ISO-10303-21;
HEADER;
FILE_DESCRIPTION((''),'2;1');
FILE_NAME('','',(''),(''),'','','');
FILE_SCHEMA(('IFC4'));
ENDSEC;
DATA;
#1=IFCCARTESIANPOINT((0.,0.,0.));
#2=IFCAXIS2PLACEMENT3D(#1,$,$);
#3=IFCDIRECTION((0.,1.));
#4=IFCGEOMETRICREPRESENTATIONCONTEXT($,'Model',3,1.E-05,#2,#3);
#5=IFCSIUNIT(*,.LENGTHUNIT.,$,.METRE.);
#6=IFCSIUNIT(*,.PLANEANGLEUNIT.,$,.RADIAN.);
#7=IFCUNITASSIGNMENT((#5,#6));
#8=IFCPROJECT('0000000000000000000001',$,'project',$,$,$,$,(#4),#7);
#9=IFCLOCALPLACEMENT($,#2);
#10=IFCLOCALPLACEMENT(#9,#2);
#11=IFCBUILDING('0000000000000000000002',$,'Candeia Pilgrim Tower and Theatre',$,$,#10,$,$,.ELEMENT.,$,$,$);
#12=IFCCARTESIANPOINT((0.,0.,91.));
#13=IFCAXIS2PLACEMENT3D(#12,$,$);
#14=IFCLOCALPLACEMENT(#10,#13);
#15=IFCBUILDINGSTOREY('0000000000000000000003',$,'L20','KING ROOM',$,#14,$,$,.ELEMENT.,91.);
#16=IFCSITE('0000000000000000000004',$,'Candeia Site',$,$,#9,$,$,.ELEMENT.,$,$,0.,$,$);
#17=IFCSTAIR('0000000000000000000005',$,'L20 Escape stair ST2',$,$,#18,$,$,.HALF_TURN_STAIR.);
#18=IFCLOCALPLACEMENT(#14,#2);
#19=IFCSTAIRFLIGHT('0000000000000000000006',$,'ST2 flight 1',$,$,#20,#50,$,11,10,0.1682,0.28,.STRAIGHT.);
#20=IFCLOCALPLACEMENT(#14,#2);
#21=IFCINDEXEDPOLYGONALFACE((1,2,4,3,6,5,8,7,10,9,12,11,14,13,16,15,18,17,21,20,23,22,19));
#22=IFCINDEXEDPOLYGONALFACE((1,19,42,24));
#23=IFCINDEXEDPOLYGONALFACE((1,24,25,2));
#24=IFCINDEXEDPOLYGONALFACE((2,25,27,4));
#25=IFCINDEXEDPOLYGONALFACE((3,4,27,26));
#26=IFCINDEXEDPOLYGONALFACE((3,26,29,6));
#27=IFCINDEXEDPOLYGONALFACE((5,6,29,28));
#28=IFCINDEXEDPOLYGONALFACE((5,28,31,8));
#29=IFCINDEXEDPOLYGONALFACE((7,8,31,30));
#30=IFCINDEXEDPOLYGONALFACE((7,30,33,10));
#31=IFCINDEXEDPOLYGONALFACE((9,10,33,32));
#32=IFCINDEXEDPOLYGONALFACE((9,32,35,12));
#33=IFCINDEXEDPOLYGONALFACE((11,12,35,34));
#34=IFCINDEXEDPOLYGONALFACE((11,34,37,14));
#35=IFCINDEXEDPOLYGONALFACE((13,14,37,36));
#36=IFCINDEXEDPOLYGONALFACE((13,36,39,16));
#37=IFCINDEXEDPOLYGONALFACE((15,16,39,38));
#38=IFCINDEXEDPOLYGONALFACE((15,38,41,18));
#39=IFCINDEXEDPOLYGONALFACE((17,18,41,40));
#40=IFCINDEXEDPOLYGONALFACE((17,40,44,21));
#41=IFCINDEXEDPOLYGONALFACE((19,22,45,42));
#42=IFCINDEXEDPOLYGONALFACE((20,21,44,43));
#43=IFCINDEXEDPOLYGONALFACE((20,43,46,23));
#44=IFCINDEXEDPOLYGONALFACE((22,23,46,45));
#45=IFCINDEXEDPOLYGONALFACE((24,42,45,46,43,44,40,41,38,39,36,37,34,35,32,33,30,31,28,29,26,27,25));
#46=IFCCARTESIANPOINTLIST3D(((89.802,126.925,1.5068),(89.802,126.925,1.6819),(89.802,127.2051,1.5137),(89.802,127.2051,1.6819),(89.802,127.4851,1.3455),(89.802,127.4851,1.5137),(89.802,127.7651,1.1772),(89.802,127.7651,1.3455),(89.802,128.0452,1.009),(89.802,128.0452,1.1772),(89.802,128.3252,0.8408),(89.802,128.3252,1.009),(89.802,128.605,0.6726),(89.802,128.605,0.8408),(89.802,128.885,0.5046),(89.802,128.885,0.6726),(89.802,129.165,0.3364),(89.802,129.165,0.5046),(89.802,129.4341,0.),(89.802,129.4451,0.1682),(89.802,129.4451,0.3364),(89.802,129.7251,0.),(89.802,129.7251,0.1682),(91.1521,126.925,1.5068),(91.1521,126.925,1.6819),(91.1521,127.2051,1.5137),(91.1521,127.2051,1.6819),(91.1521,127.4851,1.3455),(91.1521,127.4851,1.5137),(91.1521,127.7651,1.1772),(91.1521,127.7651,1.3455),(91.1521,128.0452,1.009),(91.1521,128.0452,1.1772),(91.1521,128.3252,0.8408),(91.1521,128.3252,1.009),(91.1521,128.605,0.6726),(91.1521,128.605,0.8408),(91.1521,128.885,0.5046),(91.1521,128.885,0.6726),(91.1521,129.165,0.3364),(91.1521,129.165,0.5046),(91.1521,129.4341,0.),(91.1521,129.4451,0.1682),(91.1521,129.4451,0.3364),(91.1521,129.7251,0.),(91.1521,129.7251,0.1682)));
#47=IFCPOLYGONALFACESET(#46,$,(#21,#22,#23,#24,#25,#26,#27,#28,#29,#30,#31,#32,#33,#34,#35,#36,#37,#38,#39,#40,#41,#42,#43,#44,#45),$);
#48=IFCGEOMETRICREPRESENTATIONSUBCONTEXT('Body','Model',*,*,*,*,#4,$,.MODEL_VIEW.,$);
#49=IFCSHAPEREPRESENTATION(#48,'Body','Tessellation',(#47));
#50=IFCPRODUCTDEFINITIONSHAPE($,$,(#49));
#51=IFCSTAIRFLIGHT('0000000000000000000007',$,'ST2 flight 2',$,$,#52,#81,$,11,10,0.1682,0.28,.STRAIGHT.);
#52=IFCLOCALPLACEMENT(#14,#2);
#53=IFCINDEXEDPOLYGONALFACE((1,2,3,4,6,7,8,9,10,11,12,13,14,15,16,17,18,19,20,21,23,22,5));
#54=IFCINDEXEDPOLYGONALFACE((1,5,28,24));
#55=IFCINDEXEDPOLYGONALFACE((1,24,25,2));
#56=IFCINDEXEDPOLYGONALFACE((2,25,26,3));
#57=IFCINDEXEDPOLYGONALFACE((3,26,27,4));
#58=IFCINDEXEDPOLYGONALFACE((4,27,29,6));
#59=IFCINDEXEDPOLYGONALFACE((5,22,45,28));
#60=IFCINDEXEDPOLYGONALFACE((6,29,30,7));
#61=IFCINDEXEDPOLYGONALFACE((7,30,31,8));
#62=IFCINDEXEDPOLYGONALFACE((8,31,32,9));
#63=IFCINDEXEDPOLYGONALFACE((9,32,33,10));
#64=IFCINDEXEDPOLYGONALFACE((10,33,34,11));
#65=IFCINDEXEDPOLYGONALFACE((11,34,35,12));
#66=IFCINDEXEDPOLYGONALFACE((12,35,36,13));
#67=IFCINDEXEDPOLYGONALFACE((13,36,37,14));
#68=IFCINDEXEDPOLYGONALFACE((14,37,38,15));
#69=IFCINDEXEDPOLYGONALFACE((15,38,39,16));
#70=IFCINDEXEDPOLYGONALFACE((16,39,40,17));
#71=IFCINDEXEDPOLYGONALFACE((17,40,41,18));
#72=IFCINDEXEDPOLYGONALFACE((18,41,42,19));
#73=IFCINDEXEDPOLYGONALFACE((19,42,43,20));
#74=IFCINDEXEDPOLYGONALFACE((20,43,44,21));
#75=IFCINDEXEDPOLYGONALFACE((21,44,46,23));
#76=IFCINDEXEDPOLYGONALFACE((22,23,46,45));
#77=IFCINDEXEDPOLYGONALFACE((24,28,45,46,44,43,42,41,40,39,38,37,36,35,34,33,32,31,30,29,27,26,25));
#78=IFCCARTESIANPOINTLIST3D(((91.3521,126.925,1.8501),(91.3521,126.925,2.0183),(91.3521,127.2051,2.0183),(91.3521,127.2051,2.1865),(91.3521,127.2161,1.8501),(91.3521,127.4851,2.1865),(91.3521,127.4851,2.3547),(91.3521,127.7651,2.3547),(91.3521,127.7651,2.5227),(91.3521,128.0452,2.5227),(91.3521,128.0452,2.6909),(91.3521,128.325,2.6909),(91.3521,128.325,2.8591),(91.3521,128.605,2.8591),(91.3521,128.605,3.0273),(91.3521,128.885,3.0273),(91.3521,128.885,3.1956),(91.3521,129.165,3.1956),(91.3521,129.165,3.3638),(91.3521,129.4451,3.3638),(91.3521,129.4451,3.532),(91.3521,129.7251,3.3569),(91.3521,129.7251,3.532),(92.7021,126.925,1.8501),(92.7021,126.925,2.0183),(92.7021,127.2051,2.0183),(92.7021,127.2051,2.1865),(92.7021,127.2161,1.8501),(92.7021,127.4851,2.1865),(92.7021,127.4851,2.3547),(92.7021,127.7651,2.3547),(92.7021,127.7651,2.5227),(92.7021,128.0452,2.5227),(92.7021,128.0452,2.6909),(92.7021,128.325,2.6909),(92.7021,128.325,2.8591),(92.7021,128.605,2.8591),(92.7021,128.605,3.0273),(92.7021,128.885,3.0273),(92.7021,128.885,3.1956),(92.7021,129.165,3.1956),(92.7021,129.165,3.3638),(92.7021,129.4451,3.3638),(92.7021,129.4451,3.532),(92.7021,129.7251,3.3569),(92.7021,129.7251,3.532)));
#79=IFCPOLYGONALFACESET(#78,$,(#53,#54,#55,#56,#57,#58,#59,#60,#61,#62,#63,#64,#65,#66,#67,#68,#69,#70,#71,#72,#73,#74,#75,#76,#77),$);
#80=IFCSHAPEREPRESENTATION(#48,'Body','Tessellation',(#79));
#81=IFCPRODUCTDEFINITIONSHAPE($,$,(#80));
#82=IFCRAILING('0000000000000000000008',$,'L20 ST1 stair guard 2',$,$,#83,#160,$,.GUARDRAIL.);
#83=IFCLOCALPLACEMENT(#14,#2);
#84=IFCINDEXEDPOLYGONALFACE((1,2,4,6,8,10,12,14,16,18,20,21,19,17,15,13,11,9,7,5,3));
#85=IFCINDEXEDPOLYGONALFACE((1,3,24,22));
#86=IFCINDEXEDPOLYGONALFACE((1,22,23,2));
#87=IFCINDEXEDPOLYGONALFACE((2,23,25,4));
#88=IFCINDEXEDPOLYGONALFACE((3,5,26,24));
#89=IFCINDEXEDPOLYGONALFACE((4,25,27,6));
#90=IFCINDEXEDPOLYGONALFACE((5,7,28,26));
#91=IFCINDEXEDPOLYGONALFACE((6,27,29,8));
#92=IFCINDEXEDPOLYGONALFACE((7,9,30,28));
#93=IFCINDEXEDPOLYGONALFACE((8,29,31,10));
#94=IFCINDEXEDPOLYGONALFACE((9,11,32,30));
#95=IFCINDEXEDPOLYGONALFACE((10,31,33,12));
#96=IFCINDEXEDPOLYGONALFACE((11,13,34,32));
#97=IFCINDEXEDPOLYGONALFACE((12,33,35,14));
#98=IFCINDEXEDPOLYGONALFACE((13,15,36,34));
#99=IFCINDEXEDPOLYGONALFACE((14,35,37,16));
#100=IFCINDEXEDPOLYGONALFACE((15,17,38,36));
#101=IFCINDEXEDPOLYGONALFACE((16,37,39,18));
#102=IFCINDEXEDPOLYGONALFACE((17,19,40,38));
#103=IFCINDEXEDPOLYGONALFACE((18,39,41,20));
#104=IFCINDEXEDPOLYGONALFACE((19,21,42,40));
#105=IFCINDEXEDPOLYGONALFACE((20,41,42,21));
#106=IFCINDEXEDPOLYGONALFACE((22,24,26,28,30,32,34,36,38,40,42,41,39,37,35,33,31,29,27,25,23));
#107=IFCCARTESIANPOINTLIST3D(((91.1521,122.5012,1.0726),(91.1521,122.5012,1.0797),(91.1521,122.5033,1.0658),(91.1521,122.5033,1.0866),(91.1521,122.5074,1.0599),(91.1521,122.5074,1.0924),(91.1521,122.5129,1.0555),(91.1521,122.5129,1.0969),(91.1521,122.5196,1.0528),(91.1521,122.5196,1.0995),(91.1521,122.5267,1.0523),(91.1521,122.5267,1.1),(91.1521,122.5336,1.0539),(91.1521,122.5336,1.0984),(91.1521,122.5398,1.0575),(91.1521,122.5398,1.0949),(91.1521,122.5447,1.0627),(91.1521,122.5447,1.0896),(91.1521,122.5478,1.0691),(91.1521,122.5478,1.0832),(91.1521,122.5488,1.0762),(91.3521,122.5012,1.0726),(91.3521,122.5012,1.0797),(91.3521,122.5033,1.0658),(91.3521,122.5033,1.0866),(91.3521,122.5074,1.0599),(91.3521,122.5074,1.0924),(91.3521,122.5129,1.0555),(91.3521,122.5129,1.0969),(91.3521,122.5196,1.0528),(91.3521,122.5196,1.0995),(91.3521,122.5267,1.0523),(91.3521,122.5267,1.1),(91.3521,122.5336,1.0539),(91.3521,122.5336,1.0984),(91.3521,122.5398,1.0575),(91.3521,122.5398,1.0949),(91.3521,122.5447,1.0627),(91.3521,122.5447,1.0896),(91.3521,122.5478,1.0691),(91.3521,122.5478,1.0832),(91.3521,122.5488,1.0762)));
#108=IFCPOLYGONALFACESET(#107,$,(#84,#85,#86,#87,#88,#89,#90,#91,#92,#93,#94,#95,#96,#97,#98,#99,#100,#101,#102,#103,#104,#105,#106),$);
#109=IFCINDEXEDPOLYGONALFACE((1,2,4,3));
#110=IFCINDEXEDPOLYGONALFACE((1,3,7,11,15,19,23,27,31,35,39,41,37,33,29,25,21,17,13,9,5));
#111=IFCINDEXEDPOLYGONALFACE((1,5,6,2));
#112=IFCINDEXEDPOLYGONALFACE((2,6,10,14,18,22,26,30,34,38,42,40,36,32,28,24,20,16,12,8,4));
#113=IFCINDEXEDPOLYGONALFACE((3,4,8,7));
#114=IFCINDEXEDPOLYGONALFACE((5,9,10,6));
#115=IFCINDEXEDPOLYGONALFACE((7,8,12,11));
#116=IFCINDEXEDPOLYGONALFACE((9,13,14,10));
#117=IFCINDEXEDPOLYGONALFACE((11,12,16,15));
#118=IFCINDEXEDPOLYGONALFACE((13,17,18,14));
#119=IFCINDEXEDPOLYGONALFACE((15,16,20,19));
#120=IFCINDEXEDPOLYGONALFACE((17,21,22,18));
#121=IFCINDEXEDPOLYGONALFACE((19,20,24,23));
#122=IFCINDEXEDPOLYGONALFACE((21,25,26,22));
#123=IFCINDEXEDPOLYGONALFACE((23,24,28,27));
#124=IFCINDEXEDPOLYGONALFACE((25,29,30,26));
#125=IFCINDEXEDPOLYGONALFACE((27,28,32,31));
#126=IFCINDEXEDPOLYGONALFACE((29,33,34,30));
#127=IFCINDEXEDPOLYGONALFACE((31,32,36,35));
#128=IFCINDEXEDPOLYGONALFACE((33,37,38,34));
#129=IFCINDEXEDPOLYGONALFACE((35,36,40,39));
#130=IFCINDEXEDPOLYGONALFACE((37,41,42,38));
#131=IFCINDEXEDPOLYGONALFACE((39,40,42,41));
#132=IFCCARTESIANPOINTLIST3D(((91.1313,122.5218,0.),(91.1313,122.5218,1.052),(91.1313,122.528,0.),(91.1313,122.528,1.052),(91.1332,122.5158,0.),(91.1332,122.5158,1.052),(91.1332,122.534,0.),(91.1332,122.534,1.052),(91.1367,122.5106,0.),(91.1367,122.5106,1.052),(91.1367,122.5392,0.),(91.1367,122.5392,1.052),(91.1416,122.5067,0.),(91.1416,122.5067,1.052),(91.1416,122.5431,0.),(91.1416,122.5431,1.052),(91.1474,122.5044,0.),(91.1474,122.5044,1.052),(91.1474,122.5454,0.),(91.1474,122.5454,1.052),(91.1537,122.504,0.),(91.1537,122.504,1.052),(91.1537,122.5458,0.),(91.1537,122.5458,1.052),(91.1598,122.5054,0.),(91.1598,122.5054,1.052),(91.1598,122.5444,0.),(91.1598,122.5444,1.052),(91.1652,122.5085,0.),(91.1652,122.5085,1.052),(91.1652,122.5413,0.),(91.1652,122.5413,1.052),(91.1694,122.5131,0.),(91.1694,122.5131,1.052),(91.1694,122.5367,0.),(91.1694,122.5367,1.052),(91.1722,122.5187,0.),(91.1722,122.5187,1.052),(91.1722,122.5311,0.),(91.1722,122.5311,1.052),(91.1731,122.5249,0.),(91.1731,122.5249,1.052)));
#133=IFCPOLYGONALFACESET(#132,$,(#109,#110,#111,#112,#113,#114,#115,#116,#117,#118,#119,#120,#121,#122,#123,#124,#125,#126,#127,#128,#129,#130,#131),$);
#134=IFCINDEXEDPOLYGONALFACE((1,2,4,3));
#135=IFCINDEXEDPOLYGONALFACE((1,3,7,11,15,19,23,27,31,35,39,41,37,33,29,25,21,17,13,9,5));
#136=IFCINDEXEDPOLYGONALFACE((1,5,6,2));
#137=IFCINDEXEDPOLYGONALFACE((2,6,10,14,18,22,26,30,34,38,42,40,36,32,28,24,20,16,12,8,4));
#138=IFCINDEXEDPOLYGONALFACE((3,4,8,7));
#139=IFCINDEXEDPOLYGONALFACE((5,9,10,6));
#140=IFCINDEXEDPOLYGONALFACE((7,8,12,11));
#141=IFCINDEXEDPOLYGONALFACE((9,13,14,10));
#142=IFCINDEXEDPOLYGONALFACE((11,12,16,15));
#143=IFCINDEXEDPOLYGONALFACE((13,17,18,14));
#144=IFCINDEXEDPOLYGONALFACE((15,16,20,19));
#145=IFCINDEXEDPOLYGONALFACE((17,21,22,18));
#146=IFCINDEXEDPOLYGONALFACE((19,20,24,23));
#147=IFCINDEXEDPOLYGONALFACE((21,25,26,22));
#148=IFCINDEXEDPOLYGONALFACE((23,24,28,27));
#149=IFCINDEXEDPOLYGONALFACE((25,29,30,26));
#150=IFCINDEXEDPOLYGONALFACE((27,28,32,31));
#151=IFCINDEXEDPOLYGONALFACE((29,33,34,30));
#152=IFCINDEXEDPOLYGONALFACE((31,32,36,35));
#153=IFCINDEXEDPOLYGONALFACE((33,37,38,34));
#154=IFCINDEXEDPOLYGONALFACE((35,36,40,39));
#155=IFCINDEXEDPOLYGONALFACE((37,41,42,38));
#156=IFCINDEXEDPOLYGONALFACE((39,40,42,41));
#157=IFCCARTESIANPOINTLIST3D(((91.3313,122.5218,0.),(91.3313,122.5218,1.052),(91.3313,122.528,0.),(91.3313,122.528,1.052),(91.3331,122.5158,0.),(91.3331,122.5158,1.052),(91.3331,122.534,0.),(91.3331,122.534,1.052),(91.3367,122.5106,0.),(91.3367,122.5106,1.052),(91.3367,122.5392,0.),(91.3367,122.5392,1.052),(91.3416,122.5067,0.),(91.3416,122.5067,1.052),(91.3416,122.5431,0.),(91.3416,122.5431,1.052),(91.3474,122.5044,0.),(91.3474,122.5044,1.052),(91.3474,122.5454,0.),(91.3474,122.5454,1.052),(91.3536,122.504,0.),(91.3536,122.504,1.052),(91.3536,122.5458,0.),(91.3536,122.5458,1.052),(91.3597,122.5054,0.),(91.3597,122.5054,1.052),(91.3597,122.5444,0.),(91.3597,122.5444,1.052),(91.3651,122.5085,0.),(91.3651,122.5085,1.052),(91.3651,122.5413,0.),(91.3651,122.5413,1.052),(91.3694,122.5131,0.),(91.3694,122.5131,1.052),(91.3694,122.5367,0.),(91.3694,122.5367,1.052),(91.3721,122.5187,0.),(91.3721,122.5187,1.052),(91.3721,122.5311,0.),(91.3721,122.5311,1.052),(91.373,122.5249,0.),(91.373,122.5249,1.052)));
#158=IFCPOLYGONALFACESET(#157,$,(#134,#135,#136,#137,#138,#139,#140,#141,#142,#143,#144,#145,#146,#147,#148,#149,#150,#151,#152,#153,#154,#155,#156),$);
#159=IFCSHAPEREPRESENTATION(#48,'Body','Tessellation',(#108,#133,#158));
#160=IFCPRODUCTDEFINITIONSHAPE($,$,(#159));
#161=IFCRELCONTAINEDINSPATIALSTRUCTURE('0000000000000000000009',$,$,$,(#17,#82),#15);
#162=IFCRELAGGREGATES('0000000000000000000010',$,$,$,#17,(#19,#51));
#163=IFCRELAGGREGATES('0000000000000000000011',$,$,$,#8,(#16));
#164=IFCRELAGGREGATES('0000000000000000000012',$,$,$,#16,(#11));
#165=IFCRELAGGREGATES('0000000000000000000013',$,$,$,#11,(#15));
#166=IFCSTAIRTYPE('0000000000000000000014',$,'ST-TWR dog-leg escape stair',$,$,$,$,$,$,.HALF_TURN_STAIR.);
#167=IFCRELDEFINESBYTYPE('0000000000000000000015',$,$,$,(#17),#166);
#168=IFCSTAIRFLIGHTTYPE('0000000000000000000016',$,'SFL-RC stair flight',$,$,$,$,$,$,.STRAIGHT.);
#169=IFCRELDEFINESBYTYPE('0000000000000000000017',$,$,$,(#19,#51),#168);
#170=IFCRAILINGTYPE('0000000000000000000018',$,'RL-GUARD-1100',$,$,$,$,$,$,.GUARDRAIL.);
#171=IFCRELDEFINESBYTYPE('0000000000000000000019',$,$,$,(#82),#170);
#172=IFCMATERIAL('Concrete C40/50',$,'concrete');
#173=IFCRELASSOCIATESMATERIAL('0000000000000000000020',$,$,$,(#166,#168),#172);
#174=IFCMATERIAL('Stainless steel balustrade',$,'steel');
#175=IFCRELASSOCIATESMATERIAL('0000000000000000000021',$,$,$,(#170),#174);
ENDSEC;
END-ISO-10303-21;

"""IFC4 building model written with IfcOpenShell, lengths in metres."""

from ifc_helpers import new_model, si_unit, direction, frame, origin, origin_2d, place, context, subcontext, project, spatial, polyline, circle, outline, extrude, material, type_object, element, aggregate, save


model = new_model("IFC4")

# Units and contexts
model_context = context("Model", 3, precision=1e-05, world=origin(), true_north=direction((0.0, 1.0)))
body_context = subcontext(model_context, "Body", "Model", "MODEL_VIEW")
ifc_project = project(units=[si_unit("LENGTHUNIT", "METRE"), si_unit("PLANEANGLEUNIT", "RADIAN")], contexts=[model_context])

# Site, building, storey
site_placement = place(None, origin())
site = spatial("IfcSite", under=ifc_project, at=site_placement, Name="Candeia Site", CompositionType="ELEMENT", RefElevation=0.0)
building_placement = place(site_placement, origin())
building = spatial("IfcBuilding", under=site, at=building_placement, Name="Candeia Pilgrim Tower and Theatre", CompositionType="ELEMENT")
storey_placement = place(building_placement, frame((0.0, 0.0, 91.0)))
storey = spatial("IfcBuildingStorey", under=building, at=storey_placement, Name="L20", Description="KING ROOM", CompositionType="ELEMENT", Elevation=91.0)

# Shared definitions
ifc_material_1 = material(Name="Concrete C40/50", Category="concrete")

# Stair, stair flights
stair_type = type_object("IfcStairType", Name="ST-TWR dog-leg escape stair", PredefinedType="HALF_TURN_STAIR", material=ifc_material_1)
stair_flight_type = type_object("IfcStairFlightType", Name="SFL-RC stair flight", PredefinedType="STRAIGHT", material=ifc_material_1)
stair_1_placement = place(storey_placement, origin())
stair_1 = element("IfcStair", 1, at=stair_1_placement, inside=storey, type_object=stair_type, Name="L20 Escape stair ST2", PredefinedType="HALF_TURN_STAIR")
stair_flight_1_placement = place(storey_placement, frame((90.4771, 129.7251, 0.0), z_axis=(0.0, 0.0, 1.0), x_axis=(0.0, -1.0, 0.0)))
stair_flight_1 = element("IfcStairFlight", 2, at=stair_flight_1_placement, type_object=stair_flight_type, Name="ST2 flight 1", NumberOfRisers=11, NumberOfTreads=10, PredefinedType="STRAIGHT", RiserHeight=0.1682, TreadLength=0.28, context=body_context, shape_type="SweptSolid", body=[
    extrude(outline(polyline([(0.0, 0.0), (0.0, 0.1682), (0.28, 0.1682), (0.28, 0.3364), (0.5601, 0.3364), (0.5601, 0.5046), (0.8401, 0.5046), (0.8401, 0.6726), (1.1201, 0.6726), (1.1201, 0.8408), (1.3999, 0.8408), (1.3999, 1.009), (1.6799, 1.009), (1.6799, 1.1772), (1.96, 1.1772), (1.96, 1.3455), (2.24, 1.3455), (2.24, 1.5137), (2.52, 1.5137), (2.52, 1.6819), (2.8, 1.6819), (2.8, 1.8501), (2.8, 1.5068), (0.291, 0.0), (0.0, 0.0)])), frame((0.0, 0.675, 0.0), z_axis=(0.0, -1.0, 0.0), x_axis=(1.0, 0.0, 0.0)), (0.0, 0.0, 1.0), 1.3501),
])
stair_flight_2_placement = place(storey_placement, frame((92.0271, 126.925, 1.8501), z_axis=(0.0, 0.0, 1.0), x_axis=(0.0, 1.0, 0.0)))
stair_flight_2 = element("IfcStairFlight", 3, at=stair_flight_2_placement, type_object=stair_flight_type, Name="ST2 flight 2", NumberOfRisers=11, NumberOfTreads=10, PredefinedType="STRAIGHT", RiserHeight=0.1682, TreadLength=0.28, context=body_context, shape_type="SweptSolid", body=[
    extrude(outline(polyline([(0.0, 0.0), (0.0, 0.1682), (0.28, 0.1682), (0.28, 0.3364), (0.5601, 0.3364), (0.5601, 0.5046), (0.8401, 0.5046), (0.8401, 0.6726), (1.1201, 0.6726), (1.1201, 0.8408), (1.3999, 0.8408), (1.3999, 1.009), (1.6799, 1.009), (1.6799, 1.1772), (1.96, 1.1772), (1.96, 1.3455), (2.24, 1.3455), (2.24, 1.5137), (2.52, 1.5137), (2.52, 1.6819), (2.8, 1.6819), (2.8, 1.8501), (2.8, 1.5068), (0.291, 0.0), (0.0, 0.0)])), frame((0.0, 0.675, 0.0), z_axis=(0.0, -1.0, 0.0), x_axis=(1.0, 0.0, 0.0)), (0.0, 0.0, 1.0), 1.3501),
])
aggregate(stair_1, [stair_flight_1, stair_flight_2])

# Railing
ifc_material_2 = material(Name="Stainless steel balustrade", Category="steel")
railing_type_1 = type_object("IfcRailingType", Name="RL-GUARD-1100", PredefinedType="GUARDRAIL", material=ifc_material_2)
railing_1_placement = place(storey_placement, frame((91.1521, 122.5249, 0.0)))
element("IfcRailing", 4, at=railing_1_placement, inside=storey, type_object=railing_type_1, Name="L20 ST1 stair guard 2", PredefinedType="GUARDRAIL", context=body_context, shape_type="SweptSolid", body=[
    extrude(circle(Radius=0.0239, at=origin_2d()), frame((0.0, 0.0, 1.0762), z_axis=(1.0, 0.0, 0.0), x_axis=(0.0, 1.0, 0.0)), (0.0, 0.0, 1.0), 0.2),
    extrude(circle(Radius=0.021, at=origin_2d()), origin(), (0.0, 0.0, 1.0), 1.052),
    extrude(circle(Radius=0.021, at=origin_2d()), frame((0.2, 0.0, 0.0)), (0.0, 0.0, 1.0), 1.052),
])

save(model, "model.ifc")
